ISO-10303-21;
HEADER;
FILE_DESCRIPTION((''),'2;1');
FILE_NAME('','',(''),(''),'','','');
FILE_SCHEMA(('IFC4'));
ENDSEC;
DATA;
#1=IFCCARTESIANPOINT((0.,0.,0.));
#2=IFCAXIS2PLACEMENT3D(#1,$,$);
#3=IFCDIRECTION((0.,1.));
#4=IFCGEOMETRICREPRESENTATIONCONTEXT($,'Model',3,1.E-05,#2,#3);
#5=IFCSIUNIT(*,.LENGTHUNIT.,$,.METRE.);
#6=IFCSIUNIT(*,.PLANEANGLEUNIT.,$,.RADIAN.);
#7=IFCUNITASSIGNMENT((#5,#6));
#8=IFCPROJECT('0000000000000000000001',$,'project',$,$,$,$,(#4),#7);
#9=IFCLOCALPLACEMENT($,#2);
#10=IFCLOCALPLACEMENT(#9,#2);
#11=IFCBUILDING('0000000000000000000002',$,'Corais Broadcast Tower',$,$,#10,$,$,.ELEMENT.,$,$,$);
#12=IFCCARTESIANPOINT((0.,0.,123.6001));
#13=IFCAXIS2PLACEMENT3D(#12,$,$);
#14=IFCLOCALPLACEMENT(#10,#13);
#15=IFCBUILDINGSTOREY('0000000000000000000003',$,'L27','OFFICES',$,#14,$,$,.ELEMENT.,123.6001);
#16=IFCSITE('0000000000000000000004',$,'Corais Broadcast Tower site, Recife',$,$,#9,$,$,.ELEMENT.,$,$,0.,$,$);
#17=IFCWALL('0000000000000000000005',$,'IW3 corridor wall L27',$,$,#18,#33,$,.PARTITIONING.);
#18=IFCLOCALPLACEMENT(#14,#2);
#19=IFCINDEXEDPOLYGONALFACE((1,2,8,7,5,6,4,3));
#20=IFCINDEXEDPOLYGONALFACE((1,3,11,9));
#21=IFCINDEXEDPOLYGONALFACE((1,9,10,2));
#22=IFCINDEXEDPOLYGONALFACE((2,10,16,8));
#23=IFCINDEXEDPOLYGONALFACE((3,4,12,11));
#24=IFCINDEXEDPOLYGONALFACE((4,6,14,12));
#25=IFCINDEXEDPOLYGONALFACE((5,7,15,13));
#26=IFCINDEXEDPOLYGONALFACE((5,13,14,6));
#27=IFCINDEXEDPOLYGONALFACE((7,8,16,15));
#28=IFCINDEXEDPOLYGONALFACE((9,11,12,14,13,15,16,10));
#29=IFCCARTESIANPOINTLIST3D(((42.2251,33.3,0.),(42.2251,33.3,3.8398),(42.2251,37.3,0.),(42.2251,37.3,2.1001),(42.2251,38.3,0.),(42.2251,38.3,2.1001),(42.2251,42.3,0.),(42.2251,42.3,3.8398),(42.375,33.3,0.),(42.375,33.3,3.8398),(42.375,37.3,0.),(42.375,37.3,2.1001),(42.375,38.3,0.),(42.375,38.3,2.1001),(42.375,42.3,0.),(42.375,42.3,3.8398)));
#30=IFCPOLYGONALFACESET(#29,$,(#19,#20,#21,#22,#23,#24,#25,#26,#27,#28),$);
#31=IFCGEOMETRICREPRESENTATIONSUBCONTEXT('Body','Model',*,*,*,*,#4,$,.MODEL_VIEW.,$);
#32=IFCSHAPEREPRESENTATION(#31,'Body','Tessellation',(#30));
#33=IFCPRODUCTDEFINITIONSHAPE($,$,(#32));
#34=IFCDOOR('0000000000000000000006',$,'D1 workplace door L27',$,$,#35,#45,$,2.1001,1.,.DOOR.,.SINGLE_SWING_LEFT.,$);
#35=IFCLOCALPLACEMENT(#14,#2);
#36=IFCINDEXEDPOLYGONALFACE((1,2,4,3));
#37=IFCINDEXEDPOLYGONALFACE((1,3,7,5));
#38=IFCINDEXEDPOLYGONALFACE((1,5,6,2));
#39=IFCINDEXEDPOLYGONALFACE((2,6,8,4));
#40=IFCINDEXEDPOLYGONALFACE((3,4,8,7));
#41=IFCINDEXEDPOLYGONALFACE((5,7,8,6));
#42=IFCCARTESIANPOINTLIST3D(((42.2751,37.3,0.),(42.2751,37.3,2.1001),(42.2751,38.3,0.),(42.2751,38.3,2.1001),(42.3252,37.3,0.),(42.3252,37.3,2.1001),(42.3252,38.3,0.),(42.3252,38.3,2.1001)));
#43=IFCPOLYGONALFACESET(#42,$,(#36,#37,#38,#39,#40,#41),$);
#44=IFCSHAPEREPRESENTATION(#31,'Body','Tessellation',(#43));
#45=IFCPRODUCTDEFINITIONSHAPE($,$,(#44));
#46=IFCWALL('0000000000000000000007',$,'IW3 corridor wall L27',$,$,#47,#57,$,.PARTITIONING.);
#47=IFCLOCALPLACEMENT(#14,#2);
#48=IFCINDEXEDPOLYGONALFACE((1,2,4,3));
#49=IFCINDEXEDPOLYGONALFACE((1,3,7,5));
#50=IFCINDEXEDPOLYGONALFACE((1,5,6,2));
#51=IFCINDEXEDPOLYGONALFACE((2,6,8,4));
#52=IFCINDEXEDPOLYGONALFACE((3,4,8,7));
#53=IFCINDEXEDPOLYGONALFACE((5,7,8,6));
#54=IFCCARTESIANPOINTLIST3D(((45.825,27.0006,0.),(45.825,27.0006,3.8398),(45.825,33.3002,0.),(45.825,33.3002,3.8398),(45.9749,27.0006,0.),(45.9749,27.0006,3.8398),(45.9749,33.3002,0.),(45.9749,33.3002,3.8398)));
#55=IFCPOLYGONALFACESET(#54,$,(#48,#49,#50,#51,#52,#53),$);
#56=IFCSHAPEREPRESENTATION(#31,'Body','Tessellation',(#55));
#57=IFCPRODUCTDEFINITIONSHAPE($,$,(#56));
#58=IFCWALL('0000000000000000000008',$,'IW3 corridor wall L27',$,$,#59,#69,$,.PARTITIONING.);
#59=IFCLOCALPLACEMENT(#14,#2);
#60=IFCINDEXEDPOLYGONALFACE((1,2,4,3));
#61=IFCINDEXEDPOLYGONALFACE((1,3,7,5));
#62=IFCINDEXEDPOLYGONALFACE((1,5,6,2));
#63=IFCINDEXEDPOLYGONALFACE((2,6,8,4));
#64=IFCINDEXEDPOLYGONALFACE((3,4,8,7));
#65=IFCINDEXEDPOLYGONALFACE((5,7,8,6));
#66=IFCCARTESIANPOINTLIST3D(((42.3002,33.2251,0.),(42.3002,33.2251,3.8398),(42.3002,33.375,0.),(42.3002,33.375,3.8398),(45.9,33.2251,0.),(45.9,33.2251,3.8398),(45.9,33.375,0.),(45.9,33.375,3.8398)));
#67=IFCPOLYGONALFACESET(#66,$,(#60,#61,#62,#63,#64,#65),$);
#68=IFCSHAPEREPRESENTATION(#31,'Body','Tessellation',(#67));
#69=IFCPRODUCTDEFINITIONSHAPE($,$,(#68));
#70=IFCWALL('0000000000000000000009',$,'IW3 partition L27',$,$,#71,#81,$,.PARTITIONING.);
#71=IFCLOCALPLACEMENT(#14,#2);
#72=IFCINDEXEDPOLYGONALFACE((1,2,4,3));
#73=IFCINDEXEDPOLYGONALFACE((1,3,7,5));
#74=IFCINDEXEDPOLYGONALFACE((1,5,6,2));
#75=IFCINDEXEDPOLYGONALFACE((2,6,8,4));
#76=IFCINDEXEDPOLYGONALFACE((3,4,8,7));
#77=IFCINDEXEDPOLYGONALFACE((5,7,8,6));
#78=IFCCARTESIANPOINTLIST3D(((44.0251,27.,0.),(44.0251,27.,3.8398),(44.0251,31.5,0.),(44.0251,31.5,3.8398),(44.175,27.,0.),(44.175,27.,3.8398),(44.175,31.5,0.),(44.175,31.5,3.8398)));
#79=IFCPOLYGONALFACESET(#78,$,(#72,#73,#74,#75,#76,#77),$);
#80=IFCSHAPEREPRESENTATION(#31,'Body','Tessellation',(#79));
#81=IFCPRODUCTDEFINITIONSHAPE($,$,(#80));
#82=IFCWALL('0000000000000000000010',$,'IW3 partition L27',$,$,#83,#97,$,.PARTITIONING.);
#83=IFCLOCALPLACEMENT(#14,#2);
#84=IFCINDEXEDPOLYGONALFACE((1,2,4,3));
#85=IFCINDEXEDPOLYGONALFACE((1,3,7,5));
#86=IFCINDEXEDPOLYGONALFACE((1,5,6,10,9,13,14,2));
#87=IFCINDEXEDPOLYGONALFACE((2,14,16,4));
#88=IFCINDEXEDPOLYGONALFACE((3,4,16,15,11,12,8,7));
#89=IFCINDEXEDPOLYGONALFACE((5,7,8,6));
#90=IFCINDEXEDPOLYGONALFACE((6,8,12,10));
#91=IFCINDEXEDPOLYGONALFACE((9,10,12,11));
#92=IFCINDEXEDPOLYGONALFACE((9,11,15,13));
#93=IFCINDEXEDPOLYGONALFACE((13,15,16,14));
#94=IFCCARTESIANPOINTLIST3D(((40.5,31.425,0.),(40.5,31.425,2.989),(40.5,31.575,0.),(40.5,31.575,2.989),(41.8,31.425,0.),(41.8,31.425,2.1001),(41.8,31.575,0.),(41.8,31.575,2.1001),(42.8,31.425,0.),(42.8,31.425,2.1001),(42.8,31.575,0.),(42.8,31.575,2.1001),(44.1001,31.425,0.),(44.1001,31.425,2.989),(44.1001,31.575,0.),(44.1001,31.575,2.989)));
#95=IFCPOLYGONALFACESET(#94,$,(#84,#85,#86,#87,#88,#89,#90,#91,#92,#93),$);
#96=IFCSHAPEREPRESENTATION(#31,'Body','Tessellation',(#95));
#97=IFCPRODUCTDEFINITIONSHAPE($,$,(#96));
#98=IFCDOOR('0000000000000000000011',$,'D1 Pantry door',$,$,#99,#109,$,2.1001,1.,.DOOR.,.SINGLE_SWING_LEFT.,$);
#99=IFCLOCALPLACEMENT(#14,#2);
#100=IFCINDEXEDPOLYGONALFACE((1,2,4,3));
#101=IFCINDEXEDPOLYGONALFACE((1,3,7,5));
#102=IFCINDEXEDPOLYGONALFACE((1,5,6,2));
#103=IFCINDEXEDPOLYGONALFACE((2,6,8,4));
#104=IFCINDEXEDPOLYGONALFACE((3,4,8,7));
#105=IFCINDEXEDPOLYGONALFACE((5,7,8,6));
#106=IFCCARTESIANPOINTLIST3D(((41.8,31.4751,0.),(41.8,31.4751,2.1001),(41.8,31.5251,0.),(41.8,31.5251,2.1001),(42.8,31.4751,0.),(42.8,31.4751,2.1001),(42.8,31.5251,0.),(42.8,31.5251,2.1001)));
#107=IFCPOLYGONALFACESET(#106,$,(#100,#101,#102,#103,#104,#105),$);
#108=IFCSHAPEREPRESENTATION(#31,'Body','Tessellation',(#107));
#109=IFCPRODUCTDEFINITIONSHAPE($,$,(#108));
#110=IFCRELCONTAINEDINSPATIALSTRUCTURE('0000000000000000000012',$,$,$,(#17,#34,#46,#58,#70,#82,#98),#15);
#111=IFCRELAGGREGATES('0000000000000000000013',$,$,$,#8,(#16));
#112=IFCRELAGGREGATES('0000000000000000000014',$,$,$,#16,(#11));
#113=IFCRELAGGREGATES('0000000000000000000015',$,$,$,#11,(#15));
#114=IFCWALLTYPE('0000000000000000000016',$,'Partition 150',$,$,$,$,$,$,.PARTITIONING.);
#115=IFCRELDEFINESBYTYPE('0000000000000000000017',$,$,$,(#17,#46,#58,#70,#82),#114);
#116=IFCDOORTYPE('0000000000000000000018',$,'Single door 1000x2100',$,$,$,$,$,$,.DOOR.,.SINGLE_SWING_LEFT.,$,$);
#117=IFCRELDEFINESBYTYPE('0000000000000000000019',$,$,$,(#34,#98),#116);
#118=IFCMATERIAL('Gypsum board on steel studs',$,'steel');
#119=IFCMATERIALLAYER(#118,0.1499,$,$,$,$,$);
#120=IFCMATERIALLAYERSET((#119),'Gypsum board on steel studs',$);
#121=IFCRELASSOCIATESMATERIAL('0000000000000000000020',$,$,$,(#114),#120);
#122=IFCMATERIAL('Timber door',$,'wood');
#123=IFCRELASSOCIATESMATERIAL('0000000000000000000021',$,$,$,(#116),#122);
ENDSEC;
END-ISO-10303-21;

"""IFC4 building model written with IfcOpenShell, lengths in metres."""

from ifc_helpers import new_model, si_unit, direction, frame, frame_2d, origin, place, context, subcontext, project, spatial, rectangle, extrude, material, layer, layer_set, type_object, element, fill, save


model = new_model("IFC4")

# Units and contexts
model_context = context("Model", 3, precision=1e-05, world=origin(), true_north=direction((0.0, 1.0)))
body_context = subcontext(model_context, "Body", "Model", "MODEL_VIEW")
ifc_project = project(units=[si_unit("LENGTHUNIT", "METRE"), si_unit("PLANEANGLEUNIT", "RADIAN")], contexts=[model_context])

# Site, building, storey
site_placement = place(None, origin())
site = spatial("IfcSite", under=ifc_project, at=site_placement, Name="Corais Broadcast Tower site, Recife", CompositionType="ELEMENT", RefElevation=0.0)
building_placement = place(site_placement, origin())
building = spatial("IfcBuilding", under=site, at=building_placement, Name="Corais Broadcast Tower", CompositionType="ELEMENT")
storey_placement = place(building_placement, frame((0.0, 0.0, 123.6001)))
storey = spatial("IfcBuildingStorey", under=building, at=storey_placement, Name="L27", Description="OFFICES", CompositionType="ELEMENT", Elevation=123.6001)

# Wall, opening, door
ifc_material_1 = material(Name="Gypsum board on steel studs", Category="steel")
ifc_layer_1 = layer(ifc_material_1, 0.1499)
ifc_layer_set_1 = layer_set([ifc_layer_1], Name="Gypsum board on steel studs")
wall_type = type_object("IfcWallType", Name="Partition 150", PredefinedType="PARTITIONING", material=ifc_layer_set_1)
wall_1_placement = place(storey_placement, frame((42.3, 33.3, 0.0), z_axis=(0.0, 0.0, 1.0), x_axis=(0.0, 1.0, 0.0)))
wall_1 = element("IfcWall", 1, at=wall_1_placement, inside=storey, type_object=wall_type, Name="IW3 corridor wall L27", PredefinedType="PARTITIONING", context=body_context, shape_type="SweptSolid", body=[
    extrude(rectangle(XDim=9.0, YDim=0.1499, at=frame_2d((4.5, 0.0))), origin(), (0.0, 0.0, 1.0), 3.8398),
])
opening_1_placement = place(wall_1_placement, frame((4.0, 0.0, 0.0)))
opening_1 = element("IfcOpeningElement", 2, at=opening_1_placement, cuts=wall_1, PredefinedType="OPENING", context=body_context, shape_type="SweptSolid", body=[
    extrude(rectangle(XDim=1.0, YDim=2.1001, at=frame_2d((0.5, 1.05))), frame((0.0, 0.085, 0.0), z_axis=(0.0, -1.0, 0.0), x_axis=(1.0, 0.0, 0.0)), (0.0, 0.0, 1.0), 0.1699),
])
ifc_material_2 = material(Name="Timber door", Category="wood")
door_type = type_object("IfcDoorType", Name="Single door 1000x2100", OperationType="SINGLE_SWING_LEFT", PredefinedType="DOOR", material=ifc_material_2)
door_1_placement = place(opening_1_placement, origin())
door_1 = element("IfcDoor", 3, at=door_1_placement, inside=storey, type_object=door_type, Name="D1 workplace door L27", OperationType="SINGLE_SWING_LEFT", OverallHeight=2.1001, OverallWidth=1.0, PredefinedType="DOOR", context=body_context, shape_type="SweptSolid", body=[
    extrude(rectangle(XDim=1.0, YDim=2.1001, at=frame_2d((0.5, 1.05))), frame((0.0, 0.0249, 0.0), z_axis=(0.0, -1.0, 0.0), x_axis=(1.0, 0.0, 0.0)), (0.0, 0.0, 1.0), 0.05),
])
fill(opening_1, door_1)

# Walls
wall_2_placement = place(storey_placement, frame((45.8999, 27.0005, 0.0), z_axis=(0.0, 0.0, 1.0), x_axis=(0.0, 1.0, 0.0)))
element("IfcWall", 4, at=wall_2_placement, inside=storey, type_object=wall_type, Name="IW3 corridor wall L27", PredefinedType="PARTITIONING", context=body_context, shape_type="SweptSolid", body=[
    extrude(rectangle(XDim=6.2996, YDim=0.1499, at=frame_2d((3.1499, 0.0))), origin(), (0.0, 0.0, 1.0), 3.8398),
])
wall_3_placement = place(storey_placement, frame((45.8999, 33.3, 0.0), z_axis=(0.0, 0.0, 1.0), x_axis=(-1.0, 0.0, 0.0)))
element("IfcWall", 5, at=wall_3_placement, inside=storey, type_object=wall_type, Name="IW3 corridor wall L27", PredefinedType="PARTITIONING", context=body_context, shape_type="SweptSolid", body=[
    extrude(rectangle(XDim=3.5999, YDim=0.1499, at=frame_2d((1.7998, 0.0))), origin(), (0.0, 0.0, 1.0), 3.8398),
])
wall_4_placement = place(storey_placement, frame((44.1001, 27.0, 0.0), z_axis=(0.0, 0.0, 1.0), x_axis=(0.0, 1.0, 0.0)))
element("IfcWall", 6, at=wall_4_placement, inside=storey, type_object=wall_type, Name="IW3 partition L27", PredefinedType="PARTITIONING", context=body_context, shape_type="SweptSolid", body=[
    extrude(rectangle(XDim=4.5, YDim=0.1499, at=frame_2d((2.25, 0.0))), origin(), (0.0, 0.0, 1.0), 3.8398),
])

# Wall, opening, door
wall_5_placement = place(storey_placement, frame((44.1001, 31.5, 0.0), z_axis=(0.0, 0.0, 1.0), x_axis=(-1.0, 0.0, 0.0)))
wall_5 = element("IfcWall", 7, at=wall_5_placement, inside=storey, type_object=wall_type, Name="IW3 partition L27", PredefinedType="PARTITIONING", context=body_context, shape_type="SweptSolid", body=[
    extrude(rectangle(XDim=3.6001, YDim=0.1499, at=frame_2d((1.8, 0.0))), origin(), (0.0, 0.0, 1.0), 2.989),
])
opening_2_placement = place(wall_5_placement, frame((1.3, 0.0, 0.0)))
opening_2 = element("IfcOpeningElement", 8, at=opening_2_placement, cuts=wall_5, PredefinedType="OPENING", context=body_context, shape_type="SweptSolid", body=[
    extrude(rectangle(XDim=1.0, YDim=2.1001, at=frame_2d((0.5, 1.05))), frame((0.0, 0.085, 0.0), z_axis=(0.0, -1.0, 0.0), x_axis=(1.0, 0.0, 0.0)), (0.0, 0.0, 1.0), 0.1699),
])
door_2_placement = place(opening_2_placement, origin())
door_2 = element("IfcDoor", 9, at=door_2_placement, inside=storey, type_object=door_type, Name="D1 Pantry door", OperationType="SINGLE_SWING_LEFT", OverallHeight=2.1001, OverallWidth=1.0, PredefinedType="DOOR", context=body_context, shape_type="SweptSolid", body=[
    extrude(rectangle(XDim=1.0, YDim=2.1001, at=frame_2d((0.5, 1.05))), frame((0.0, 0.0249, 0.0), z_axis=(0.0, -1.0, 0.0), x_axis=(1.0, 0.0, 0.0)), (0.0, 0.0, 1.0), 0.05),
])
fill(opening_2, door_2)

save(model, "model.ifc")
